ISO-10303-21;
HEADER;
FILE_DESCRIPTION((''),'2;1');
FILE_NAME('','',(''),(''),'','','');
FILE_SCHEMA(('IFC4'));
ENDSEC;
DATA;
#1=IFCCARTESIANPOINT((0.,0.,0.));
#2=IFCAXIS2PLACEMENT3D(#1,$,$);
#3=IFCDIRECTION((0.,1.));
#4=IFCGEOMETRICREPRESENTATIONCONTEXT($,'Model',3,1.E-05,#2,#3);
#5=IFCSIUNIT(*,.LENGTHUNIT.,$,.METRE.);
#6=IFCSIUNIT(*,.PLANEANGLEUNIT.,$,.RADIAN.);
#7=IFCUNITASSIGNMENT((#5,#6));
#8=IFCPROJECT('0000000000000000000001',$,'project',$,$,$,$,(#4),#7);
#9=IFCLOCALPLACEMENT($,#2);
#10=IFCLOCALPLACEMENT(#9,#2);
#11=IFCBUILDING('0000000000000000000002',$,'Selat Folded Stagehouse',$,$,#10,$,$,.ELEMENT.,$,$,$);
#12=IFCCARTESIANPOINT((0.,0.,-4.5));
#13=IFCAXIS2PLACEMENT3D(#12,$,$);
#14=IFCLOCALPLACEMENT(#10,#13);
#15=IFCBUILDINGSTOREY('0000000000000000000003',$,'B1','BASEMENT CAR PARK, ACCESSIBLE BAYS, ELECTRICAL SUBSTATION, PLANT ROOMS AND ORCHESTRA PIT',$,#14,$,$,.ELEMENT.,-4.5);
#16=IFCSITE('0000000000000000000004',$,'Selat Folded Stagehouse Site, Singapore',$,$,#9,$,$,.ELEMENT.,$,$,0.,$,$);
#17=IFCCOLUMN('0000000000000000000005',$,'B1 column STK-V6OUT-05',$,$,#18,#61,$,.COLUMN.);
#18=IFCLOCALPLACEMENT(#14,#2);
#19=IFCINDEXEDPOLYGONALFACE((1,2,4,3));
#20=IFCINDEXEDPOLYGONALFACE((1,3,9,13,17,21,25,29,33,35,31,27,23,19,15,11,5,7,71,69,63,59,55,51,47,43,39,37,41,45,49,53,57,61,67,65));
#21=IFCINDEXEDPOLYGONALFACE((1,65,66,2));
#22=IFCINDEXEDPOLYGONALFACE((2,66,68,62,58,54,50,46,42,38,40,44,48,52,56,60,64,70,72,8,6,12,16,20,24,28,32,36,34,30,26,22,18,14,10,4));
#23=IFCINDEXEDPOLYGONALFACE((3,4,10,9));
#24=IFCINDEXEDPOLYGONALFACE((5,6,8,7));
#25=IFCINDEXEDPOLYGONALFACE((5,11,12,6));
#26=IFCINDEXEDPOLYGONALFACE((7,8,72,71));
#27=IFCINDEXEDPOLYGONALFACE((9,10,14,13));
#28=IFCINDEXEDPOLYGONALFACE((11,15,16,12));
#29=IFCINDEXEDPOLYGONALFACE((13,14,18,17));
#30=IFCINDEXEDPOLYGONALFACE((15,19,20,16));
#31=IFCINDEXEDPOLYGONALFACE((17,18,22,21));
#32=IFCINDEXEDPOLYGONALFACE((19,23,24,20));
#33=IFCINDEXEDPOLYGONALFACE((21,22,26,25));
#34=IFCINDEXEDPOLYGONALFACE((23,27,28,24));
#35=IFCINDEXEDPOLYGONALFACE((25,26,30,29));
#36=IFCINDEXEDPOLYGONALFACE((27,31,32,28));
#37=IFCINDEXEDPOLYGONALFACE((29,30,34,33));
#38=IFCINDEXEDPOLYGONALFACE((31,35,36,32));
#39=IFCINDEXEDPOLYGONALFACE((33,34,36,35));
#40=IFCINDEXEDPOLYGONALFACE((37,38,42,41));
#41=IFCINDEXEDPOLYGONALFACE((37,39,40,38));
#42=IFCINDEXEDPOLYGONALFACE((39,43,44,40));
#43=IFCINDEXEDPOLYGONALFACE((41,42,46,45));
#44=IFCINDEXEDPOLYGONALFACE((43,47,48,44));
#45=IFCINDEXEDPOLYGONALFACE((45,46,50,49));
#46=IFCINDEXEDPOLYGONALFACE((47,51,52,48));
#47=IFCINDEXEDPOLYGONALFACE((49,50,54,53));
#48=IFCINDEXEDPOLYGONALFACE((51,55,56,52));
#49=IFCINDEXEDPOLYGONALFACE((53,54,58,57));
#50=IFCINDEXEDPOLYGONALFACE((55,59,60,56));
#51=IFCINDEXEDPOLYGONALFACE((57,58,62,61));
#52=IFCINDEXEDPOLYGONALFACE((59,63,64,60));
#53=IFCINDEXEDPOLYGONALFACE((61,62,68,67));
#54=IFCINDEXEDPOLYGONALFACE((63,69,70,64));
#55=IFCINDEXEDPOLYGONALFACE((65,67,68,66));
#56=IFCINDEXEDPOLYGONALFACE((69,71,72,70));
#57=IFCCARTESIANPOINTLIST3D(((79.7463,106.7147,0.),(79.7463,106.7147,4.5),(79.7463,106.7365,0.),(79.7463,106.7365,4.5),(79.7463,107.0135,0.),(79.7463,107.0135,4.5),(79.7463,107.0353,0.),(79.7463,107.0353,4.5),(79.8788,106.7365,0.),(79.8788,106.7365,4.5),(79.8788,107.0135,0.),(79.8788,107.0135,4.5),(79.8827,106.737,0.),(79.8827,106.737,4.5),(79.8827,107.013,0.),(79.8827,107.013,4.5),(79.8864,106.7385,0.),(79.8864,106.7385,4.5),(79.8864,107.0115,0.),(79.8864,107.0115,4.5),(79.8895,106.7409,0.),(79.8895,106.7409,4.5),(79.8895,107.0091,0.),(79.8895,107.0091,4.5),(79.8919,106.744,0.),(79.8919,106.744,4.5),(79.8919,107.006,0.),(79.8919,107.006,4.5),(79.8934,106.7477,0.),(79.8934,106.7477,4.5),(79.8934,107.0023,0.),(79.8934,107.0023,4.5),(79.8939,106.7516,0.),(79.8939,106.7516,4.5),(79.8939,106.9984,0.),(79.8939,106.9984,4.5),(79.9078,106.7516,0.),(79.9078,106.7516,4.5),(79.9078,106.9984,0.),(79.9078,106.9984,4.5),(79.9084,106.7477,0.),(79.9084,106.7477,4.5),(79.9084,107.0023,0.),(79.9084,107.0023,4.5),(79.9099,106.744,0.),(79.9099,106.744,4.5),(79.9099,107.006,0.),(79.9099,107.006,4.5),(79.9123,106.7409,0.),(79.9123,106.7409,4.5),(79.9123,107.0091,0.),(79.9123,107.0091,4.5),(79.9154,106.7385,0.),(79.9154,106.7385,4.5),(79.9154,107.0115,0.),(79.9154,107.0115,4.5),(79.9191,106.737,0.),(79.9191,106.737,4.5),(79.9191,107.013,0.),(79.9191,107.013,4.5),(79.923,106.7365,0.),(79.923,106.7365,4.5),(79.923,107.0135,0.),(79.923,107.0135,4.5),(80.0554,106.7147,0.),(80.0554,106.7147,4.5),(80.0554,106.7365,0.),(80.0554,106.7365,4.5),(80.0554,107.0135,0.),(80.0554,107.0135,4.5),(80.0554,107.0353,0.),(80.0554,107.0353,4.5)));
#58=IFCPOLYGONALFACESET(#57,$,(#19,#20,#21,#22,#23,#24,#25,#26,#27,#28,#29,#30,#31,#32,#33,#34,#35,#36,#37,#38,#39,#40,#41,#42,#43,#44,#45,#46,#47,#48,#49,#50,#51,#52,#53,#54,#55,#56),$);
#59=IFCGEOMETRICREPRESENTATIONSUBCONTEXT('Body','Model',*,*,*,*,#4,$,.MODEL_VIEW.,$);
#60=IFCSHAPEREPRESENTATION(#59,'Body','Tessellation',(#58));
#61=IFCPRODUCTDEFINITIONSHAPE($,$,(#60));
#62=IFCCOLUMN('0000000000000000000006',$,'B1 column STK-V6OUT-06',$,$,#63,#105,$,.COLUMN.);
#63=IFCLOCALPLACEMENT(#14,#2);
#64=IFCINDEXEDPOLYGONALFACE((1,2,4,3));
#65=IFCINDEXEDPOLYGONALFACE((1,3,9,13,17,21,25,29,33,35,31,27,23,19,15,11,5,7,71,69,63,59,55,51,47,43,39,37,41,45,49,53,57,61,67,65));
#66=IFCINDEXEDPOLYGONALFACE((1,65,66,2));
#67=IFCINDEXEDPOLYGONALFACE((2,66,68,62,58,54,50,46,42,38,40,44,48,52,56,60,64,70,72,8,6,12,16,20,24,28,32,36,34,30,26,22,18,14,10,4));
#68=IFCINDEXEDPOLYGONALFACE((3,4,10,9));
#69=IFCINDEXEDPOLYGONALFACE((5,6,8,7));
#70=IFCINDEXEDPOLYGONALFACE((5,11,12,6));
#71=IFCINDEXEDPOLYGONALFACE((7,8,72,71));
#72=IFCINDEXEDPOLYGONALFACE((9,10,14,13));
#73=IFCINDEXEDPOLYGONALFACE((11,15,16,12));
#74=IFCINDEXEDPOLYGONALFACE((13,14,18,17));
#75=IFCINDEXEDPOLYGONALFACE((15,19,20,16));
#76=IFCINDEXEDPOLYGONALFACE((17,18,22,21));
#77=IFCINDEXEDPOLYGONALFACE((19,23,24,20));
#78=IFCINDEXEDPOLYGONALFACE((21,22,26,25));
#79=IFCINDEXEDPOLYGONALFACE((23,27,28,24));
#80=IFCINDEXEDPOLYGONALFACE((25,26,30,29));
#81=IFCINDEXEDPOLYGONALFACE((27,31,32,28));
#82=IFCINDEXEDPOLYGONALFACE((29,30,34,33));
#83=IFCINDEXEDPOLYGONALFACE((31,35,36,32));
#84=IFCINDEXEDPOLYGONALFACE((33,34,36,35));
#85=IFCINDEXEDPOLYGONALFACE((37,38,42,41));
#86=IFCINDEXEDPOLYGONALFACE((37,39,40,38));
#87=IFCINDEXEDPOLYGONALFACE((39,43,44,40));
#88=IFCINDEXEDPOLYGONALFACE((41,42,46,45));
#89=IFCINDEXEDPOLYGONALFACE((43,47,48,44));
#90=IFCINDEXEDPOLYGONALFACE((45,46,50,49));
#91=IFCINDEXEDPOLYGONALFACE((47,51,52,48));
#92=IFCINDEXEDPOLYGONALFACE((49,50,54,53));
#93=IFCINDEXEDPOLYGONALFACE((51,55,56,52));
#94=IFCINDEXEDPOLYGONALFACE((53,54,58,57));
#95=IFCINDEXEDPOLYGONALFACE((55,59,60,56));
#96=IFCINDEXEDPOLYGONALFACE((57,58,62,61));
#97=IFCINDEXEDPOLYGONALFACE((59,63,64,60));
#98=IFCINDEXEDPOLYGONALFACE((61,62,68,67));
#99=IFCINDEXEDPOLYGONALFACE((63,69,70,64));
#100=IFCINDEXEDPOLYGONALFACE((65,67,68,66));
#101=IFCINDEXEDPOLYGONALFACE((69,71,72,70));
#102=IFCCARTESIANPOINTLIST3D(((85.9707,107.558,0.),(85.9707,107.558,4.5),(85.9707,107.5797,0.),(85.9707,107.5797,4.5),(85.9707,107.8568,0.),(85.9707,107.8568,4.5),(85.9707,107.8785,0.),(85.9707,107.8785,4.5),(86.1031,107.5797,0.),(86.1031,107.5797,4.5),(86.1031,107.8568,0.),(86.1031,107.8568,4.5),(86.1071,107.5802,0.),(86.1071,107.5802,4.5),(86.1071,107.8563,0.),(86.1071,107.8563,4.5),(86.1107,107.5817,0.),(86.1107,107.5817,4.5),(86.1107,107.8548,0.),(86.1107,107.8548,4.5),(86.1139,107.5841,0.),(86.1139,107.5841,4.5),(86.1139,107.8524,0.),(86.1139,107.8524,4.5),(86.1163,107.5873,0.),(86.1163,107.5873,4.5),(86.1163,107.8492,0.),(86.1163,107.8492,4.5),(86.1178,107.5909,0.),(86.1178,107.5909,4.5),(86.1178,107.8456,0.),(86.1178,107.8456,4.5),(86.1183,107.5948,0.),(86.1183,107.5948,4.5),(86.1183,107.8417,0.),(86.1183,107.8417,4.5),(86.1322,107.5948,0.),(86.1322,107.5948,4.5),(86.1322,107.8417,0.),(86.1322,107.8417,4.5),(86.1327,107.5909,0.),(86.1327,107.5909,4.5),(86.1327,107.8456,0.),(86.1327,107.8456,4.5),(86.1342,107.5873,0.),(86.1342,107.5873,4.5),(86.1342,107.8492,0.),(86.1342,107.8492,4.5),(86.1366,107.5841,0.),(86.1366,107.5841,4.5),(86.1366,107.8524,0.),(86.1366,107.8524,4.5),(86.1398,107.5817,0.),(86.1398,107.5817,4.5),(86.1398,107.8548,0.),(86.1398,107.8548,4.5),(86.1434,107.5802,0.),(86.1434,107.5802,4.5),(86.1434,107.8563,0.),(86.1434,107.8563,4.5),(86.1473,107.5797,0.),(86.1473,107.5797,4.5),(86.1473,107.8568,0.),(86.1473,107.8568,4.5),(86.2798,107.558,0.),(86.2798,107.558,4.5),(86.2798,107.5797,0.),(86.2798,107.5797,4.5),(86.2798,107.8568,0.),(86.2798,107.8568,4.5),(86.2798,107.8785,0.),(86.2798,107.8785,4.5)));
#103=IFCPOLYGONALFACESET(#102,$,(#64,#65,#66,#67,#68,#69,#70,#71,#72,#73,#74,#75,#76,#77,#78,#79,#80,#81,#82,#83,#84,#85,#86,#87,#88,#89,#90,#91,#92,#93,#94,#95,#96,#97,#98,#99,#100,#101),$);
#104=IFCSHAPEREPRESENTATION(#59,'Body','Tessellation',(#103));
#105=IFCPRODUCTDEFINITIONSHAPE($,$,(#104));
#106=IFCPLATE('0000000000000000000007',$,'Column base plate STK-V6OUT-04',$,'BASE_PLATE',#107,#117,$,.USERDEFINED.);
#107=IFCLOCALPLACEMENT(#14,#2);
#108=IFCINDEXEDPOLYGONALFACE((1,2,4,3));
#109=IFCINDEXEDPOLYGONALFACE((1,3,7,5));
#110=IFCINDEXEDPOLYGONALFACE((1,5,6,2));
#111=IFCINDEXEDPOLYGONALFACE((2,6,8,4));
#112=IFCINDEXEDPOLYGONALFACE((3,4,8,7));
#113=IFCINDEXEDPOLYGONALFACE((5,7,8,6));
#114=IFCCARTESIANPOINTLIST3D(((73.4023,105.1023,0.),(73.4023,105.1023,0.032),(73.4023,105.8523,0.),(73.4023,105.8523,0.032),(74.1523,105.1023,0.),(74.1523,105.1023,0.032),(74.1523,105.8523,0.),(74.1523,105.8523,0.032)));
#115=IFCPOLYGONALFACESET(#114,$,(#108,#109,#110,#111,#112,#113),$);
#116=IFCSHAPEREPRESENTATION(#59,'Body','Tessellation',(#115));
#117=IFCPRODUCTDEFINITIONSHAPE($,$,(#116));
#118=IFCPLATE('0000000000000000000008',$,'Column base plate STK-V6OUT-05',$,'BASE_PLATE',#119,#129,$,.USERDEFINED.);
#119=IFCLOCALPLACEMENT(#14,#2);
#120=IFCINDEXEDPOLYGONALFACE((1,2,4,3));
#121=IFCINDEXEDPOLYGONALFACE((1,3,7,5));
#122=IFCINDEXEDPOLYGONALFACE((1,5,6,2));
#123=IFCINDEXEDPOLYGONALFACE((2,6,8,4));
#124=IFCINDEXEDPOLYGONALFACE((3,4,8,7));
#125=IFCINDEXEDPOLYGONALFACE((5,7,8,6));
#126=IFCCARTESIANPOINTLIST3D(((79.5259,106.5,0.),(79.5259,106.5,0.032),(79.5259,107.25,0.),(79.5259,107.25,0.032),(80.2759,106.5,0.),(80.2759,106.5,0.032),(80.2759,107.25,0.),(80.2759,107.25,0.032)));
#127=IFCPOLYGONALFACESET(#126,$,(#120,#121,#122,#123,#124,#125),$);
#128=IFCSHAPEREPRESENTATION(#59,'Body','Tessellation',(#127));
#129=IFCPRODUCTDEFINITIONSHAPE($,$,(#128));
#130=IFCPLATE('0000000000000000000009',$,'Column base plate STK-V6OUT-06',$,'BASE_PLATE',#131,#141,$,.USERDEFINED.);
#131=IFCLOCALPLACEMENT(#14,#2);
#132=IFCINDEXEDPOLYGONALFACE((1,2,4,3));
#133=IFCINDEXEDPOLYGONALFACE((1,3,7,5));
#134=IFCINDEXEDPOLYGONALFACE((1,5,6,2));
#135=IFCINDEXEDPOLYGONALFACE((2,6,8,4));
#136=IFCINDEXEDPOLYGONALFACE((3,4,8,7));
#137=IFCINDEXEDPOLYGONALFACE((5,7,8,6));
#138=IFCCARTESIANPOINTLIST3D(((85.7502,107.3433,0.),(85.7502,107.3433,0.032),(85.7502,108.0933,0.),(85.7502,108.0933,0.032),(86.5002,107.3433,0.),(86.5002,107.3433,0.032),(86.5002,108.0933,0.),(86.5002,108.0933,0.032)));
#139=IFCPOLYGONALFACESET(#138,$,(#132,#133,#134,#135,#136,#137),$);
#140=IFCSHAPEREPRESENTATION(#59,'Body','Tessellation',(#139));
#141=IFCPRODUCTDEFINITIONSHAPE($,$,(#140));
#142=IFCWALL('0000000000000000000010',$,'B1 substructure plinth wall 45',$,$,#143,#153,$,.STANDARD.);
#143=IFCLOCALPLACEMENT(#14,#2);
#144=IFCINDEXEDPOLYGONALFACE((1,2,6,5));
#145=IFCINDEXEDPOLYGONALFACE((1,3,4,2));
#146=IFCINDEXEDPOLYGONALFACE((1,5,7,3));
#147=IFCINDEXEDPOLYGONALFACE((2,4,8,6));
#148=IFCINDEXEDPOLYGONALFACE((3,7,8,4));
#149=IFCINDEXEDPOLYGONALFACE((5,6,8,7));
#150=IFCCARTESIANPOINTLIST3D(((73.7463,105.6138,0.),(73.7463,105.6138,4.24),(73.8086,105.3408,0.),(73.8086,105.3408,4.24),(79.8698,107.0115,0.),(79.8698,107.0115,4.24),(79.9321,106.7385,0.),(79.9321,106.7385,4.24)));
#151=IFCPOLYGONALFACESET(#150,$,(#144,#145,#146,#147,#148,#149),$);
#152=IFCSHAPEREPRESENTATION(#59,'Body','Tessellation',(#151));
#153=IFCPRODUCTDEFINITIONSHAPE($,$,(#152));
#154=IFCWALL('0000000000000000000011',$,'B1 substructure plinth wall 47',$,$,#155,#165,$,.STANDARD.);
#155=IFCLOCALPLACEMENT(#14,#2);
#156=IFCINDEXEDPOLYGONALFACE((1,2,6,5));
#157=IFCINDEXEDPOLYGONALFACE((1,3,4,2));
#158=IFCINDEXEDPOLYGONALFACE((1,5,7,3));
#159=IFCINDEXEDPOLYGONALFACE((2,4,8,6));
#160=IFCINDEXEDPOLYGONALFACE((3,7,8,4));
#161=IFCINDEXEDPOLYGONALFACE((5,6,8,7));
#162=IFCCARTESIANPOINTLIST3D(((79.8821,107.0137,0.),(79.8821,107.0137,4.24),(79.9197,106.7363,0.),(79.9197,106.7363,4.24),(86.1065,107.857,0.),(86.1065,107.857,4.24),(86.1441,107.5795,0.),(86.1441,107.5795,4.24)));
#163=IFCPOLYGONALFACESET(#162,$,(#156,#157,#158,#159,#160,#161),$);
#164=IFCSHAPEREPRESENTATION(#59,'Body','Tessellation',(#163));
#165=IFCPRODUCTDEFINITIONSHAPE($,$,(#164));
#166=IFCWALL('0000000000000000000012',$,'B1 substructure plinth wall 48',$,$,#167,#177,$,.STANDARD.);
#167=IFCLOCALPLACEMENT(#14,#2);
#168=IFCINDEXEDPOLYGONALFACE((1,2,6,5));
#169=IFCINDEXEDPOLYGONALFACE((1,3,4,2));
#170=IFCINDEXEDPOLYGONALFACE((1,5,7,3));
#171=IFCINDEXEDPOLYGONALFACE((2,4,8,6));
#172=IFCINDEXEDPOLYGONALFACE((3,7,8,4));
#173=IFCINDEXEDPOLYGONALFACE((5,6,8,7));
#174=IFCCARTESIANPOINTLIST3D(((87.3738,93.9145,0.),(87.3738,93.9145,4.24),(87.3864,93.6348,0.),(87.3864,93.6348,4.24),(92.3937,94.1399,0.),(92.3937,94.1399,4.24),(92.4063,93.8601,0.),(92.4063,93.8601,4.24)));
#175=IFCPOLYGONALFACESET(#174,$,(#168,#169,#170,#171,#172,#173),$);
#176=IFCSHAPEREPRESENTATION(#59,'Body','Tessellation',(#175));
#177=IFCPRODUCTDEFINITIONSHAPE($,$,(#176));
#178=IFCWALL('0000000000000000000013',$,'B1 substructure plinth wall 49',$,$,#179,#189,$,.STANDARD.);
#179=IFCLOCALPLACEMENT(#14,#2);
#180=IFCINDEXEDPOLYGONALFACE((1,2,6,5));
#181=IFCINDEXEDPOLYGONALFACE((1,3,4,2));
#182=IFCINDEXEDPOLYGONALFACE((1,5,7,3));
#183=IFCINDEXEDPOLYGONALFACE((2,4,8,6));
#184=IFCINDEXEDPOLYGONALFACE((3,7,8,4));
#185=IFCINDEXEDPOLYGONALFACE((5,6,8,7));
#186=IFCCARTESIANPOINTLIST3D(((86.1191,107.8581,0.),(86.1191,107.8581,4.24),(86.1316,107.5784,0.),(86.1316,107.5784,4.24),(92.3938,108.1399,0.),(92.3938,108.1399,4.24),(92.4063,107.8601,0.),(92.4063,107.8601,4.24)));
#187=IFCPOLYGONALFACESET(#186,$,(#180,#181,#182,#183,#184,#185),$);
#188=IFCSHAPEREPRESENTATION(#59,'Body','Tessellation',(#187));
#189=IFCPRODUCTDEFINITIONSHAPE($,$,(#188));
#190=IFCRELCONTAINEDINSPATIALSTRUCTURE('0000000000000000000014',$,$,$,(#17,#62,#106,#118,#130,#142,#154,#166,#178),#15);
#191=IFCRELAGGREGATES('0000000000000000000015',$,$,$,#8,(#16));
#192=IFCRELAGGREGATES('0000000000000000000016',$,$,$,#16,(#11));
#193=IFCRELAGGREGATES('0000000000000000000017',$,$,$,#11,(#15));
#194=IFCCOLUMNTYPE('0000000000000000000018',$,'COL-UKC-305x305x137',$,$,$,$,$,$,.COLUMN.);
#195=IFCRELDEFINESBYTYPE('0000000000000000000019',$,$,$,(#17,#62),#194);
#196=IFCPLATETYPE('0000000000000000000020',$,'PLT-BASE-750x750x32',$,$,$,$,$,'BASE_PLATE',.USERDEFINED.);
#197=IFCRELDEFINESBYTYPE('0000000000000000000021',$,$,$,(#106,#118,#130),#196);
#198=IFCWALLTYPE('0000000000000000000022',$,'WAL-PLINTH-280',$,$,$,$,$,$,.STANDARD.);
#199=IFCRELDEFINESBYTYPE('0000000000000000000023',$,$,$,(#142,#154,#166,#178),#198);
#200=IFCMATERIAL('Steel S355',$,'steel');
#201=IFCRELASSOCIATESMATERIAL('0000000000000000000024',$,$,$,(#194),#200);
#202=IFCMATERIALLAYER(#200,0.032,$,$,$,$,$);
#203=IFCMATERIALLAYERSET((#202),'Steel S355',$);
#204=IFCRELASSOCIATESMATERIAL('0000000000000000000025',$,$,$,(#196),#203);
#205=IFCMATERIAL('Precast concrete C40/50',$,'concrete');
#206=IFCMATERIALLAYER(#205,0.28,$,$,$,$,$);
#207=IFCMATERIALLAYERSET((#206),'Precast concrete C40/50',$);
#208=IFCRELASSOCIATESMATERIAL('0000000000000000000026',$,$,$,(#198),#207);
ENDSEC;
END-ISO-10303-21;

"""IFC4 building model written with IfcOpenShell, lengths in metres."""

from ifc_helpers import new_model, si_unit, direction, frame, frame_2d, origin, origin_2d, place, context, subcontext, project, spatial, rectangle, i_section, extrude, material, layer, layer_set, material_profile, profile_set, type_object, element, save


model = new_model("IFC4")

# Units and contexts
model_context = context("Model", 3, precision=1e-05, world=origin(), true_north=direction((0.0, 1.0)))
body_context = subcontext(model_context, "Body", "Model", "MODEL_VIEW")
ifc_project = project(units=[si_unit("LENGTHUNIT", "METRE"), si_unit("PLANEANGLEUNIT", "RADIAN")], contexts=[model_context])

# Site, building, storey
site_placement = place(None, origin())
site = spatial("IfcSite", under=ifc_project, at=site_placement, Name="Selat Folded Stagehouse Site, Singapore", CompositionType="ELEMENT", RefElevation=0.0)
building_placement = place(site_placement, origin())
building = spatial("IfcBuilding", under=site, at=building_placement, Name="Selat Folded Stagehouse", CompositionType="ELEMENT")
storey_placement = place(building_placement, frame((0.0, 0.0, -4.5)))
storey = spatial("IfcBuildingStorey", under=building, at=storey_placement, Name="B1", Description="BASEMENT CAR PARK, ACCESSIBLE BAYS, ELECTRICAL SUBSTATION, PLANT ROOMS AND ORCHESTRA PIT", CompositionType="ELEMENT", Elevation=-4.5)

# Columns
ifc_material_1 = material(Name="Steel S355", Category="steel")
ifc_material_profile_1 = material_profile(ifc_material_1, i_section(OverallWidth=0.3091, OverallDepth=0.3206, WebThickness=0.0139, FlangeThickness=0.0217, FilletRadius=0.0151, at=origin_2d()), Name="UKC 305x305x137")
ifc_profile_set_1 = profile_set([ifc_material_profile_1], Name="Steel S355")
column_type = type_object("IfcColumnType", Name="COL-UKC-305x305x137", PredefinedType="COLUMN", material=ifc_profile_set_1)
for number, where, z_axis, x_axis, name in (
    (1, (79.9009, 106.875, 0.0), (0.0, 0.0, 1.0), (1.0, 0.0, 0.0), "B1 column STK-V6OUT-05"),
    (2, (86.1252, 107.7183, 0.0), (0.0, 0.0, 1.0), (1.0, 0.0, 0.0), "B1 column STK-V6OUT-06"),
):
    element("IfcColumn", number, at=place(storey_placement, frame(where, z_axis=z_axis, x_axis=x_axis)), inside=storey, type_object=column_type, Name=name, PredefinedType="COLUMN", context=body_context, shape_type="SweptSolid", body=[
        extrude(i_section(OverallWidth=0.3091, OverallDepth=0.3206, WebThickness=0.0139, FlangeThickness=0.0217, FilletRadius=0.0151, at=origin_2d()), origin(), (0.0, 0.0, 1.0), 4.5),
    ])

# Plates
ifc_layer_1 = layer(ifc_material_1, 0.032)
ifc_layer_set_1 = layer_set([ifc_layer_1], Name="Steel S355")
plate_type = type_object("IfcPlateType", Name="PLT-BASE-750x750x32", ElementType="BASE_PLATE", PredefinedType="USERDEFINED", material=ifc_layer_set_1)
for number, where, z_axis, x_axis, name in (
    (3, (73.7773, 105.4773, 0.0), (0.0, 0.0, 1.0), (1.0, 0.0, 0.0), "Column base plate STK-V6OUT-04"),
    (4, (79.9009, 106.875, 0.0), (0.0, 0.0, 1.0), (1.0, 0.0, 0.0), "Column base plate STK-V6OUT-05"),
    (5, (86.1252, 107.7183, 0.0), (0.0, 0.0, 1.0), (1.0, 0.0, 0.0), "Column base plate STK-V6OUT-06"),
):
    element("IfcPlate", number, at=place(storey_placement, frame(where, z_axis=z_axis, x_axis=x_axis)), inside=storey, type_object=plate_type, Name=name, ObjectType="BASE_PLATE", PredefinedType="USERDEFINED", context=body_context, shape_type="SweptSolid", body=[
        extrude(rectangle(XDim=0.75, YDim=0.75, at=origin_2d()), origin(), (0.0, 0.0, 1.0), 0.032),
    ])

# Walls
ifc_material_2 = material(Name="Precast concrete C40/50", Category="concrete")
ifc_layer_2 = layer(ifc_material_2, 0.28)
ifc_layer_set_2 = layer_set([ifc_layer_2], Name="Precast concrete C40/50")
wall_type = type_object("IfcWallType", Name="WAL-PLINTH-280", PredefinedType="STANDARD", material=ifc_layer_set_2)
wall_1_placement = place(storey_placement, frame((73.7773, 105.4773, 0.0), z_axis=(0.0, 0.0, 1.0), x_axis=(0.974926, 0.222528, 0.0)))
element("IfcWall", 6, at=wall_1_placement, inside=storey, type_object=wall_type, Name="B1 substructure plinth wall 45", PredefinedType="STANDARD", context=body_context, shape_type="SweptSolid", body=[
    extrude(rectangle(XDim=6.281, YDim=0.28, at=frame_2d((3.1406, 0.0))), origin(), (0.0, 0.0, 1.0), 4.24),
])
wall_2_placement = place(storey_placement, frame((79.9009, 106.875, 0.0), z_axis=(0.0, 0.0, 1.0), x_axis=(0.990947, 0.134251, 0.0)))
element("IfcWall", 7, at=wall_2_placement, inside=storey, type_object=wall_type, Name="B1 substructure plinth wall 47", PredefinedType="STANDARD", context=body_context, shape_type="SweptSolid", body=[
    extrude(rectangle(XDim=6.2812, YDim=0.28, at=frame_2d((3.1406, 0.0))), origin(), (0.0, 0.0, 1.0), 4.24),
])
wall_3_placement = place(storey_placement, frame((87.3801, 93.7747, 0.0), z_axis=(0.0, 0.0, 1.0), x_axis=(0.998994, 0.044846, 0.0)))
element("IfcWall", 8, at=wall_3_placement, inside=storey, type_object=wall_type, Name="B1 substructure plinth wall 48", PredefinedType="STANDARD", context=body_context, shape_type="SweptSolid", body=[
    extrude(rectangle(XDim=5.0249, YDim=0.28, at=frame_2d((2.5125, 0.0))), origin(), (0.0, 0.0, 1.0), 4.24),
])
wall_4_placement = place(storey_placement, frame((86.1252, 107.7183, 0.0), z_axis=(0.0, 0.0, 1.0), x_axis=(0.998993, 0.044856, 0.0)))
element("IfcWall", 9, at=wall_4_placement, inside=storey, type_object=wall_type, Name="B1 substructure plinth wall 49", PredefinedType="STANDARD", context=body_context, shape_type="SweptSolid", body=[
    extrude(rectangle(XDim=6.281, YDim=0.28, at=frame_2d((3.1406, 0.0))), origin(), (0.0, 0.0, 1.0), 4.24),
])

save(model, "model.ifc")
